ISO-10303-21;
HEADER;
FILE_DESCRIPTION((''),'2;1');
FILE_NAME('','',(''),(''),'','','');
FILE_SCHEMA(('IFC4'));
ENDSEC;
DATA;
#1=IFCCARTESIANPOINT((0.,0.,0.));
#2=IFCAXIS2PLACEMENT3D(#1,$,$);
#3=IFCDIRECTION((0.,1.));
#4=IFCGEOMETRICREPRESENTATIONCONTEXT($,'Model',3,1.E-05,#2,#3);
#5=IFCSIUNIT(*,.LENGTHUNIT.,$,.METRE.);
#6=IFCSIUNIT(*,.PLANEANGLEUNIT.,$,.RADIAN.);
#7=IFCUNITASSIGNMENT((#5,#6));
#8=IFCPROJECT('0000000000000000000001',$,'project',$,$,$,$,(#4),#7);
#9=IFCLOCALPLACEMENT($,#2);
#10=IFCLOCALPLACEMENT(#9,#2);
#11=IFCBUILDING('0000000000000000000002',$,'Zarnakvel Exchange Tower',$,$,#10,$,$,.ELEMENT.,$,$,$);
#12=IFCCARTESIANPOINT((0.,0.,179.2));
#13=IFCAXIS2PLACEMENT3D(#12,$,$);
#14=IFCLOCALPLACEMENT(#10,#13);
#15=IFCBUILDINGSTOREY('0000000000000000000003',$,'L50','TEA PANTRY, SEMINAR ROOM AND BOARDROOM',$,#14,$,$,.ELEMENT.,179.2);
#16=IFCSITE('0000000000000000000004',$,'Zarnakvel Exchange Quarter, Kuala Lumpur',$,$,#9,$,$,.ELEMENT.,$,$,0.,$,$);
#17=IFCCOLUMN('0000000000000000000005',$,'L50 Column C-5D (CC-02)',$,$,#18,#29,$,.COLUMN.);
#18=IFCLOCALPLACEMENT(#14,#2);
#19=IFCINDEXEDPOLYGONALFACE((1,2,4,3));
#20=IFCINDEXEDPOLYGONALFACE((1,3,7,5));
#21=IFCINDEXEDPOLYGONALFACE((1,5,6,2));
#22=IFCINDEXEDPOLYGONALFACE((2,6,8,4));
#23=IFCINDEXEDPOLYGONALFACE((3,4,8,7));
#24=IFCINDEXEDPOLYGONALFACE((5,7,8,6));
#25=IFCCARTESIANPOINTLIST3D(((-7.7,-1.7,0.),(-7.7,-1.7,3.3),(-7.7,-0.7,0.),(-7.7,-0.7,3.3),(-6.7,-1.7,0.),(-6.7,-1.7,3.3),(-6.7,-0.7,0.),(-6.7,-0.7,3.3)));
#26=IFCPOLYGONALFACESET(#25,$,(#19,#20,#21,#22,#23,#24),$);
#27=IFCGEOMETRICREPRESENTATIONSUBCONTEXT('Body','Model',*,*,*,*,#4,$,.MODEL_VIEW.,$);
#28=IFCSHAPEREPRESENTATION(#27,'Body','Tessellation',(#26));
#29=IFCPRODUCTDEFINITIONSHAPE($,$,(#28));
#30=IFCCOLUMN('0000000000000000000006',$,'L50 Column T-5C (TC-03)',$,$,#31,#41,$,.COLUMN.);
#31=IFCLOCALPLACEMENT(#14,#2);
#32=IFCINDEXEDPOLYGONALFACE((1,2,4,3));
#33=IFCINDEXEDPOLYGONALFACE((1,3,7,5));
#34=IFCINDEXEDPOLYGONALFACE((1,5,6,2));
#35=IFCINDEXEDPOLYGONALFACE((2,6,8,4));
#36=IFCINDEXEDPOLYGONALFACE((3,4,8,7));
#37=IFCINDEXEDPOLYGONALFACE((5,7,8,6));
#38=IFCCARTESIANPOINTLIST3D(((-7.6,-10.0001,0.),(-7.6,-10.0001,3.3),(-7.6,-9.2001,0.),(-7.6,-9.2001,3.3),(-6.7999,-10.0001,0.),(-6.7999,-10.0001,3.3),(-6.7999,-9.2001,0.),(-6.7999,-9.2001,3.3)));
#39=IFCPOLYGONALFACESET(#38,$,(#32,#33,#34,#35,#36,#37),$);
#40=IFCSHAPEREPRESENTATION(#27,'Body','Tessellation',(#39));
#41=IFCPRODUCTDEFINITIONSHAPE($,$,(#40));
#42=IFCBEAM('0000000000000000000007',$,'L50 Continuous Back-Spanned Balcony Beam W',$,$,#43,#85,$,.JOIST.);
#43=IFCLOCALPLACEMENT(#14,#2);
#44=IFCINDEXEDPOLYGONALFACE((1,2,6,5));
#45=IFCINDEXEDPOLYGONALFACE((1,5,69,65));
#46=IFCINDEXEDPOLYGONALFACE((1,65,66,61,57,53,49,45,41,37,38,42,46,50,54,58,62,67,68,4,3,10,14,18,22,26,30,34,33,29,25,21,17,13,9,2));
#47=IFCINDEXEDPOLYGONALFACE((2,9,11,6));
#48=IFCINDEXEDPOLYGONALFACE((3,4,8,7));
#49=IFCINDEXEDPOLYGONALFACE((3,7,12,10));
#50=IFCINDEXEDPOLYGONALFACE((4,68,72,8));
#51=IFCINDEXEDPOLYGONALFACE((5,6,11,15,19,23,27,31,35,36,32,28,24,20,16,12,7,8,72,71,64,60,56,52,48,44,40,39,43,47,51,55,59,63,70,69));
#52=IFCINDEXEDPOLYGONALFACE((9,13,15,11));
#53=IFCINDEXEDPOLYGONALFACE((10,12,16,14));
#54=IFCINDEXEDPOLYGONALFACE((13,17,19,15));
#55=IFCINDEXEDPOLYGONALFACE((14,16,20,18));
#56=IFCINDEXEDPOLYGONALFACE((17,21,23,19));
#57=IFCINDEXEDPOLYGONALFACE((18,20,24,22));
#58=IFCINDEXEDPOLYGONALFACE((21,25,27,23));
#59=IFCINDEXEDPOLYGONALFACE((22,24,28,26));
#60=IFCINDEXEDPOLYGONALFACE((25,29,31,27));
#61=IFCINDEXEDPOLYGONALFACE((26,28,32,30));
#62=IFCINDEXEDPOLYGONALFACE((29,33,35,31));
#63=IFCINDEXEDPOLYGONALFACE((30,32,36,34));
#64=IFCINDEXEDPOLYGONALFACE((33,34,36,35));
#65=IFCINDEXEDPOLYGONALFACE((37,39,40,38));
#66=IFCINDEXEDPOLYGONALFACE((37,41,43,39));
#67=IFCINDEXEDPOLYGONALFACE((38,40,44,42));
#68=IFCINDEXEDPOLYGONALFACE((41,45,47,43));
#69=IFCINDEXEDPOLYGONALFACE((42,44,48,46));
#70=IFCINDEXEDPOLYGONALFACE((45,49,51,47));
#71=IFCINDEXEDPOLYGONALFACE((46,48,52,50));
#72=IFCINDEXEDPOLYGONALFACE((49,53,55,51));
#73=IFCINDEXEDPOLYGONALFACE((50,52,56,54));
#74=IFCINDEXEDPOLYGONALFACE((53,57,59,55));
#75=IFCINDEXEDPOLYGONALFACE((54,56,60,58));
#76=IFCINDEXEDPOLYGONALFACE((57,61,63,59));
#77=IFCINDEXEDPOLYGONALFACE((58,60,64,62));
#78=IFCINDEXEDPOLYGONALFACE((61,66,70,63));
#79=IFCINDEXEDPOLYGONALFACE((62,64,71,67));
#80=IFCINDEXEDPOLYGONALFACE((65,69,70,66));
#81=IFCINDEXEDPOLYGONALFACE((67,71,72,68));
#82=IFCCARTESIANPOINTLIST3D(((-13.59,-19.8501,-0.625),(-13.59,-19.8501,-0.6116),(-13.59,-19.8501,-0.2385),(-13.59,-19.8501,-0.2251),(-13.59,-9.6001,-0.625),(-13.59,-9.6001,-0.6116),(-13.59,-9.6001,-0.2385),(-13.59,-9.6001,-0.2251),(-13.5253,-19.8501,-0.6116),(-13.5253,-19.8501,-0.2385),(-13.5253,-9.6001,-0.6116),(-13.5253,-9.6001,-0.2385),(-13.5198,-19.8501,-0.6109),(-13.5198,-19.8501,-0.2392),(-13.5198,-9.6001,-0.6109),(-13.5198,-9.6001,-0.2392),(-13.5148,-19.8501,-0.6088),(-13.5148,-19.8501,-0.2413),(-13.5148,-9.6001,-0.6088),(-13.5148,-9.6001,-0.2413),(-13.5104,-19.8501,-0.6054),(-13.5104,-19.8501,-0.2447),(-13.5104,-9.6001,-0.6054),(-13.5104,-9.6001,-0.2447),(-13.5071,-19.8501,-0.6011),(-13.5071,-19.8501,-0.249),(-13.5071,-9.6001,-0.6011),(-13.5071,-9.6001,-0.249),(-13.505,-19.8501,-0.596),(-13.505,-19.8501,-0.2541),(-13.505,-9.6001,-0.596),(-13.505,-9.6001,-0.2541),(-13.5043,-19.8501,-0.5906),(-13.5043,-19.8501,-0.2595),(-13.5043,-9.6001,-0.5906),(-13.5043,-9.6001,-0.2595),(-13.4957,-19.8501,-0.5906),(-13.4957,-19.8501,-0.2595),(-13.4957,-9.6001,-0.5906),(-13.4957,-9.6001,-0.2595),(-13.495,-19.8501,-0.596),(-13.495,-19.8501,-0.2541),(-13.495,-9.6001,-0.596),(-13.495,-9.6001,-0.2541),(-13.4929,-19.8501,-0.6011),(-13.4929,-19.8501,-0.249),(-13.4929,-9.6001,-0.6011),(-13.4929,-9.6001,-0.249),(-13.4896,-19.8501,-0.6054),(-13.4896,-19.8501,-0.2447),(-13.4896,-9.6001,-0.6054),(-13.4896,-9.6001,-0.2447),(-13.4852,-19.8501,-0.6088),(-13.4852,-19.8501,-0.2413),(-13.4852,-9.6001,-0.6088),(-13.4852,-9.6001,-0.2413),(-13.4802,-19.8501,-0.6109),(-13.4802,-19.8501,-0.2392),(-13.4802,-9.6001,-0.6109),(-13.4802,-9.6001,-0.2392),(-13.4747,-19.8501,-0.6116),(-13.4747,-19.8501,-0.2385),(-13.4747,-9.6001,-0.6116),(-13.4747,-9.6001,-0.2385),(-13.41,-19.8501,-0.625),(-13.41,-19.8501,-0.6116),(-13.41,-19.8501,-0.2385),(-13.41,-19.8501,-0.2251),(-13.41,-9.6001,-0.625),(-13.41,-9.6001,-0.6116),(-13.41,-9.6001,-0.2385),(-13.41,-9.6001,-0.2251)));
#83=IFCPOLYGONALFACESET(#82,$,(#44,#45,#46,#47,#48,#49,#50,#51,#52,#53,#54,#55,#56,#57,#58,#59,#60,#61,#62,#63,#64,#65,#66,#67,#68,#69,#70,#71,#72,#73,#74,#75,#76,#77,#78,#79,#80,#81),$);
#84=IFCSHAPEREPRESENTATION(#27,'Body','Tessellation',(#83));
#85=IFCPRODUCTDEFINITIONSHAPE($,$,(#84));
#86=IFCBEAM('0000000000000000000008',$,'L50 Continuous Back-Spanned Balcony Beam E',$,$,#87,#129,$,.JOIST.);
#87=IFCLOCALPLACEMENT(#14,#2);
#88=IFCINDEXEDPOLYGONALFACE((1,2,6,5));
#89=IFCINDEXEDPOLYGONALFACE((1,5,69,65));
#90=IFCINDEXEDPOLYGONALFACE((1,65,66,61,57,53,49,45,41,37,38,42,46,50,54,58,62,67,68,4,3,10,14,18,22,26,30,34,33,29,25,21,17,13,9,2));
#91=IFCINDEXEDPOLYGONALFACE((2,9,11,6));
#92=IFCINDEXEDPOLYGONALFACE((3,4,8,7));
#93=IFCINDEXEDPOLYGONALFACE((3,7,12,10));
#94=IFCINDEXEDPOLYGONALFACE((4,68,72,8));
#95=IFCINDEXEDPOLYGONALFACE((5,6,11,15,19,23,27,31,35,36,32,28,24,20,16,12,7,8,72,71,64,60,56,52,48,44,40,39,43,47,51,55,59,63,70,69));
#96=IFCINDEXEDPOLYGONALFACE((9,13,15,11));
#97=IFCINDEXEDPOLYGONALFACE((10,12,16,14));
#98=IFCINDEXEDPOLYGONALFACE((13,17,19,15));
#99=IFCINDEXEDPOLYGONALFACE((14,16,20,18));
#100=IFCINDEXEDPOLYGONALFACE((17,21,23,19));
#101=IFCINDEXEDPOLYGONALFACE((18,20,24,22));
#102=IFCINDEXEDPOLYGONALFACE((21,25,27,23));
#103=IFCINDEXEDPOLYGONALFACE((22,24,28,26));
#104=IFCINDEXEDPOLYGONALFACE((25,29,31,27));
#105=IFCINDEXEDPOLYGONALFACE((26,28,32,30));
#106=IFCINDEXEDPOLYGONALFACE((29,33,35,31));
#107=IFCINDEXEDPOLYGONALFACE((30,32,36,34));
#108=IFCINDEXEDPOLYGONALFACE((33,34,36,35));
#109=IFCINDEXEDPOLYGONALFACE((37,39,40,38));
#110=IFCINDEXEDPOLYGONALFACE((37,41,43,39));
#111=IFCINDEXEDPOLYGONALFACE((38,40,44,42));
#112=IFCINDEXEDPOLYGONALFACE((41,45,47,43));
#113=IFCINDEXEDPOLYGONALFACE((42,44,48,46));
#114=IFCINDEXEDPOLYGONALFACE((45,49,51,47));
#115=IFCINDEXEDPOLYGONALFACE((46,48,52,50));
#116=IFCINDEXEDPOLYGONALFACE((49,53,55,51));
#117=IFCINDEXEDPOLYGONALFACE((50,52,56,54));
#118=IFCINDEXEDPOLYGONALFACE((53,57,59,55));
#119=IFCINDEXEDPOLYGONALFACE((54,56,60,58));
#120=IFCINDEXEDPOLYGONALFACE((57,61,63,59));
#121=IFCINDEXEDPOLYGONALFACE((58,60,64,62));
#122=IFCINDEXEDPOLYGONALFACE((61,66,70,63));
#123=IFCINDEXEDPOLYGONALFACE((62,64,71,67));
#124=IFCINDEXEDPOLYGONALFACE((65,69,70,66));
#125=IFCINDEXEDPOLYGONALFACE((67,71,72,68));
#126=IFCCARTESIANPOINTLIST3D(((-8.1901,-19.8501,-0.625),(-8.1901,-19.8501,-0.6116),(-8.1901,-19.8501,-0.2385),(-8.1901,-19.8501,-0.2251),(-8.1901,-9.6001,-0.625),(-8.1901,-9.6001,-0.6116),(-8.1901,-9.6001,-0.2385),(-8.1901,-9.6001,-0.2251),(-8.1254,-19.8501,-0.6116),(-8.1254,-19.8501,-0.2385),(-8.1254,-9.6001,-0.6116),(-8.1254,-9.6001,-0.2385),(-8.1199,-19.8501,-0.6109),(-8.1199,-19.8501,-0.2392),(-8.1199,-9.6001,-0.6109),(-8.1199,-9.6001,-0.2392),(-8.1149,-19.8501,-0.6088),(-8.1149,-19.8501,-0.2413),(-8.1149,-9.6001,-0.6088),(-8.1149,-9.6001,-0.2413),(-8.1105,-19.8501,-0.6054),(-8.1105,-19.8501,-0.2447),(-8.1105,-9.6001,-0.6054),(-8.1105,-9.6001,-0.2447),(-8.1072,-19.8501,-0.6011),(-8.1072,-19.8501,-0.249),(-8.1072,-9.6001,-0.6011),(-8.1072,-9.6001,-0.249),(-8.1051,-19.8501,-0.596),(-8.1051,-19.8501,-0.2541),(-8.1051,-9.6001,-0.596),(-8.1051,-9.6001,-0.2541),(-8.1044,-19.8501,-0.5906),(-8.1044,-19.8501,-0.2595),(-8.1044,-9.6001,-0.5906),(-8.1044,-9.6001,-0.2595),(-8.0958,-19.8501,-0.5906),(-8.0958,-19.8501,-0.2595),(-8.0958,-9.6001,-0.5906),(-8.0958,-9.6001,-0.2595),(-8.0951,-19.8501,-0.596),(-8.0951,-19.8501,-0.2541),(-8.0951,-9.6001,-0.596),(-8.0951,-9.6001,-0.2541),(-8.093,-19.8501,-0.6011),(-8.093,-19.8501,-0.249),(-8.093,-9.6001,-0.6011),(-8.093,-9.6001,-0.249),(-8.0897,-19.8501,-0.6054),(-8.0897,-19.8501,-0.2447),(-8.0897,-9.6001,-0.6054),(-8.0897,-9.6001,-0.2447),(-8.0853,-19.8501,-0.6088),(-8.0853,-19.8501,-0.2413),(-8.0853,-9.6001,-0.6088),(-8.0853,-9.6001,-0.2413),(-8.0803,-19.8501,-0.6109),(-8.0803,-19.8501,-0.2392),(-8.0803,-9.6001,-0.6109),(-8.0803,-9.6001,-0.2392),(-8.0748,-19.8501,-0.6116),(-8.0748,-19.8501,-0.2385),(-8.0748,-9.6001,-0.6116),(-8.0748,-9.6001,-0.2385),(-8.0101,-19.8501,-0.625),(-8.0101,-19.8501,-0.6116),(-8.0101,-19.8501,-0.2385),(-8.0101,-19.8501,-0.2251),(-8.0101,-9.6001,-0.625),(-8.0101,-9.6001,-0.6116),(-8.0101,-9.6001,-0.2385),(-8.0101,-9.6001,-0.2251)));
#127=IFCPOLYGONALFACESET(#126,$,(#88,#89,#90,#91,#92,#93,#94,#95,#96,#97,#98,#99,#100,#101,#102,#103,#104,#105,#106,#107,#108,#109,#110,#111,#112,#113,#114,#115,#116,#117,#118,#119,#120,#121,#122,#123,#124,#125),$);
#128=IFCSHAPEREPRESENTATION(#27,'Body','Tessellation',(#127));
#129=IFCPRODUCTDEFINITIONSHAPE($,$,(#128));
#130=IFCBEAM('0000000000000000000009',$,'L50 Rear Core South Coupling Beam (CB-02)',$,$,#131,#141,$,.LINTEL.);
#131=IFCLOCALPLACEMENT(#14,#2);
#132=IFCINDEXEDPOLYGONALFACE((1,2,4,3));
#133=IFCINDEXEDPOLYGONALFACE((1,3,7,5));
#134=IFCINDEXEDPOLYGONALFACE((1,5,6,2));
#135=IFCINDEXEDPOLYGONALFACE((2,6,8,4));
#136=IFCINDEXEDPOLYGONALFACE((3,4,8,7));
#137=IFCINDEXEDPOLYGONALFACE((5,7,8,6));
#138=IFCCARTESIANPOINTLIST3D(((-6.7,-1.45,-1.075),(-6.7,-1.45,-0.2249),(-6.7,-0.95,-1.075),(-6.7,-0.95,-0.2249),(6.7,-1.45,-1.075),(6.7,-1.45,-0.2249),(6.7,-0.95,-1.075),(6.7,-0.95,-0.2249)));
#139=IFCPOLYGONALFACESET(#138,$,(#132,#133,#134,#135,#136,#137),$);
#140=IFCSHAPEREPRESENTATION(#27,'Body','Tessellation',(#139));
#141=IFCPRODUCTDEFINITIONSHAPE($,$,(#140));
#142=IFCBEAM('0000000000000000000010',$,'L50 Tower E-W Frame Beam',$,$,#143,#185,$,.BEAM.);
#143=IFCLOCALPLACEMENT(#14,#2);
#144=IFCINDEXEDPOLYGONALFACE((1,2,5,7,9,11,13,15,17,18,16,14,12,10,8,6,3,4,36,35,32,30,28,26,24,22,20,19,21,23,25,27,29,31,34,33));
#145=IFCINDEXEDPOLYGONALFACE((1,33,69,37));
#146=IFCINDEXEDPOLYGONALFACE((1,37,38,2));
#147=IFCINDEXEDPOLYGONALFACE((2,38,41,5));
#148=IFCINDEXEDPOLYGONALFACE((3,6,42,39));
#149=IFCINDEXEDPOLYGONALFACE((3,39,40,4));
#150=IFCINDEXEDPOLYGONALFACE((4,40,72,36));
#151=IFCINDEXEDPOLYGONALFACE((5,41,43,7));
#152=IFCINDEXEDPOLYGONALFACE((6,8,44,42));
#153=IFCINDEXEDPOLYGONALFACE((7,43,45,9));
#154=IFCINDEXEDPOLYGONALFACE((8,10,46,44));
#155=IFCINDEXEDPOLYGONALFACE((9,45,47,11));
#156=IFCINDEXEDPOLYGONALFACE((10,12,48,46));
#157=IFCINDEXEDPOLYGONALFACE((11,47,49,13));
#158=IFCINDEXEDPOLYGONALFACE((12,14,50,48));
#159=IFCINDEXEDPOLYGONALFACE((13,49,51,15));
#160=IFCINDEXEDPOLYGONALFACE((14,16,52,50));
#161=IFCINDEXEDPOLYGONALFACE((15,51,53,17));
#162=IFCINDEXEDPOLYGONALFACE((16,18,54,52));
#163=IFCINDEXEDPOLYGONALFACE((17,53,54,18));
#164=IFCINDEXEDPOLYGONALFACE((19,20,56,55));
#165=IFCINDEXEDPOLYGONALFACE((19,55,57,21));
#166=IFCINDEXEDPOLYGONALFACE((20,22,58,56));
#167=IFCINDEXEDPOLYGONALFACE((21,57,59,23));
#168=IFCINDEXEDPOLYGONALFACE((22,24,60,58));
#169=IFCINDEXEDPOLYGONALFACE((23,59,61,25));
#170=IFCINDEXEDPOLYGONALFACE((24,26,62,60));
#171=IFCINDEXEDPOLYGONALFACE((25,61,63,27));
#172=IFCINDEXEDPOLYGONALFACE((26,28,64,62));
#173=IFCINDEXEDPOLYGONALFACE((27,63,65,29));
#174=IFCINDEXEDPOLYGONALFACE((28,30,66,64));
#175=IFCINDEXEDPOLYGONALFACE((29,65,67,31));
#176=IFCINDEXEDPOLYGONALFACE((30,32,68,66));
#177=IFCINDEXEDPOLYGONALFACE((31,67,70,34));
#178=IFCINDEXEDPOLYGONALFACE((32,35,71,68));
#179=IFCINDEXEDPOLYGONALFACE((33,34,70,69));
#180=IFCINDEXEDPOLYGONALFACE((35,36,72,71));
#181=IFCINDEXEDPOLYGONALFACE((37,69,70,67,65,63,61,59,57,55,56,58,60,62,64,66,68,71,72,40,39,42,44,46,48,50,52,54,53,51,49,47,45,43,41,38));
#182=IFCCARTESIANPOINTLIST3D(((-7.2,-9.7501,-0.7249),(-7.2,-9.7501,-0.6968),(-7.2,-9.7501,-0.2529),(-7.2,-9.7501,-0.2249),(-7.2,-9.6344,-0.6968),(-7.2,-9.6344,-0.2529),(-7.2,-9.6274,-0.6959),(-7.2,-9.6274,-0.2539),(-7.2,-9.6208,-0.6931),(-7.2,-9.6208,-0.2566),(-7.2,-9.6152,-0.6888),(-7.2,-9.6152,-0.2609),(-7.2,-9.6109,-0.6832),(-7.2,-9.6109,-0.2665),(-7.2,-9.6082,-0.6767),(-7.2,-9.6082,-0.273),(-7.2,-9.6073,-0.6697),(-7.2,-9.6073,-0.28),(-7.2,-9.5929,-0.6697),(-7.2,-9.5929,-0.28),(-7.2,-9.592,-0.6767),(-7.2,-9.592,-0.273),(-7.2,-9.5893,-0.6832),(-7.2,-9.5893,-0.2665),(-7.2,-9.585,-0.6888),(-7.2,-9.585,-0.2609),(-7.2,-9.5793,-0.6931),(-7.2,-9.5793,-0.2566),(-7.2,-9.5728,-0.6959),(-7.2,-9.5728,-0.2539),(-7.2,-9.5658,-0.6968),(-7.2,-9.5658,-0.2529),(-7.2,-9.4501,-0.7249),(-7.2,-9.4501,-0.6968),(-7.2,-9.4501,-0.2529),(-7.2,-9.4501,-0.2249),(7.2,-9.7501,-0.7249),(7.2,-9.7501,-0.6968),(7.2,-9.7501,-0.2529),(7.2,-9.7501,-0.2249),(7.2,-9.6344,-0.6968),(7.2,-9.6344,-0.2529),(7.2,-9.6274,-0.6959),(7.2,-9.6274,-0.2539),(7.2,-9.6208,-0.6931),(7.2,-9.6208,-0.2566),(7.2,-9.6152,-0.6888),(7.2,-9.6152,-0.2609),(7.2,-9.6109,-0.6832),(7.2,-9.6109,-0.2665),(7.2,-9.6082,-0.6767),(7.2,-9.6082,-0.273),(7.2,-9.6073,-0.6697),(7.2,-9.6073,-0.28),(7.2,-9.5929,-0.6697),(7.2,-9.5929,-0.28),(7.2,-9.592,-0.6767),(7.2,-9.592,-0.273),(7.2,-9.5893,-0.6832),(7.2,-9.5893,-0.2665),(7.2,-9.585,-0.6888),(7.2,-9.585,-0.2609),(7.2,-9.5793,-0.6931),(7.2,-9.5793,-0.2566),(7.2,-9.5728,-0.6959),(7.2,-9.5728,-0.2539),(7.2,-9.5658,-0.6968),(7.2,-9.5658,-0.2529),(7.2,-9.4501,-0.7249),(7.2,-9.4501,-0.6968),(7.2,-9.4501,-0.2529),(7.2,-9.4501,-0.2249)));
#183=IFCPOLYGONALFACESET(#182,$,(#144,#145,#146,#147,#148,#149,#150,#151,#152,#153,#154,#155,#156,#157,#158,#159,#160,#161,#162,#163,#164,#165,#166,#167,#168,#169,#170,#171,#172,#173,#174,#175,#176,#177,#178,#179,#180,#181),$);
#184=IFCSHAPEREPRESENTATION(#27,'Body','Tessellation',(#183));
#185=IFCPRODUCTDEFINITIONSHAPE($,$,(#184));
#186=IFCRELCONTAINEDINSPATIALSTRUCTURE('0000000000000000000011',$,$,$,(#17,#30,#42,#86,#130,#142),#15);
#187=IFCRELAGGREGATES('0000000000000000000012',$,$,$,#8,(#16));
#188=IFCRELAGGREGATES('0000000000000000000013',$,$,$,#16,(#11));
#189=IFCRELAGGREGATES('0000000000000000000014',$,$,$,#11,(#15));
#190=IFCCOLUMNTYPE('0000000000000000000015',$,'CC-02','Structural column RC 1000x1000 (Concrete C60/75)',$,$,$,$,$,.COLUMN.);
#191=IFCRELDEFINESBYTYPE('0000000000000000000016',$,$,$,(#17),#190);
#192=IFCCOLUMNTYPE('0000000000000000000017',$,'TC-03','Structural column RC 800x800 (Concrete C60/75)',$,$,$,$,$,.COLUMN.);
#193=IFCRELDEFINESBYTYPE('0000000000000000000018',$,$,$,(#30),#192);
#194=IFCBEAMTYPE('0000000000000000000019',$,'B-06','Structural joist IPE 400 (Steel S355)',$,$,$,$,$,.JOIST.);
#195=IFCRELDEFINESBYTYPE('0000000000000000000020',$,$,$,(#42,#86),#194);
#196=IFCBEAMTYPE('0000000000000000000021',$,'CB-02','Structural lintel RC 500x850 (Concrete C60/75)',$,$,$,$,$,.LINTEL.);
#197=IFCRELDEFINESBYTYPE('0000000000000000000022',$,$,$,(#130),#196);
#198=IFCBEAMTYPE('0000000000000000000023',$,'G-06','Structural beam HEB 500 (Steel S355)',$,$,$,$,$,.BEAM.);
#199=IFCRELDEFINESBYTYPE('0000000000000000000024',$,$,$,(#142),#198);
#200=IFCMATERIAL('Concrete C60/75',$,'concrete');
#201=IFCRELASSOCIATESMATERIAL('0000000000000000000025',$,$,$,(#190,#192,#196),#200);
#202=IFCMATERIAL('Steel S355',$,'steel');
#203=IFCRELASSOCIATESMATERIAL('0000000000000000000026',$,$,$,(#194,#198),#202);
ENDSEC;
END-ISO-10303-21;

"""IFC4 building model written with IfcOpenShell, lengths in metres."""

from ifc_helpers import new_model, si_unit, direction, frame, origin, origin_2d, place, context, subcontext, project, spatial, rectangle, i_section, extrude, material, material_profile, profile_set, type_object, element, save


model = new_model("IFC4")

# Units and contexts
model_context = context("Model", 3, precision=1e-05, world=origin(), true_north=direction((0.0, 1.0)))
body_context = subcontext(model_context, "Body", "Model", "MODEL_VIEW")
ifc_project = project(units=[si_unit("LENGTHUNIT", "METRE"), si_unit("PLANEANGLEUNIT", "RADIAN")], contexts=[model_context])

# Site, building, storey
site_placement = place(None, origin())
site = spatial("IfcSite", under=ifc_project, at=site_placement, Name="Zarnakvel Exchange Quarter, Kuala Lumpur", CompositionType="ELEMENT", RefElevation=0.0)
building_placement = place(site_placement, origin())
building = spatial("IfcBuilding", under=site, at=building_placement, Name="Zarnakvel Exchange Tower", CompositionType="ELEMENT")
storey_placement = place(building_placement, frame((0.0, 0.0, 179.2)))
storey = spatial("IfcBuildingStorey", under=building, at=storey_placement, Name="L50", Description="TEA PANTRY, SEMINAR ROOM AND BOARDROOM", CompositionType="ELEMENT", Elevation=179.2)

# Columns
ifc_material_1 = material(Name="Concrete C60/75", Category="concrete")
ifc_material_profile_1 = material_profile(ifc_material_1, rectangle(XDim=1.0, YDim=1.0, at=origin_2d()))
ifc_profile_set_1 = profile_set([ifc_material_profile_1], Name="Concrete C60/75")
column_type_1 = type_object("IfcColumnType", Name="CC-02", Description="Structural column RC 1000x1000 (Concrete C60/75)", PredefinedType="COLUMN", material=ifc_profile_set_1)
column_1_placement = place(storey_placement, frame((-7.2, -1.2, 0.0), z_axis=(0.0, 0.0, 1.0), x_axis=(1.0, 0.0, 0.0)))
element("IfcColumn", 1, at=column_1_placement, inside=storey, type_object=column_type_1, Name="L50 Column C-5D (CC-02)", PredefinedType="COLUMN", context=body_context, shape_type="SweptSolid", body=[
    extrude(rectangle(XDim=1.0, YDim=1.0, at=origin_2d()), origin(), (0.0, 0.0, 1.0), 3.3),
])
ifc_material_profile_2 = material_profile(ifc_material_1, rectangle(XDim=0.8, YDim=0.8, at=origin_2d()))
ifc_profile_set_2 = profile_set([ifc_material_profile_2], Name="Concrete C60/75")
column_type_2 = type_object("IfcColumnType", Name="TC-03", Description="Structural column RC 800x800 (Concrete C60/75)", PredefinedType="COLUMN", material=ifc_profile_set_2)
column_2_placement = place(storey_placement, frame((-7.2, -9.6001, 0.0), z_axis=(0.0, 0.0, 1.0), x_axis=(1.0, 0.0, 0.0)))
element("IfcColumn", 2, at=column_2_placement, inside=storey, type_object=column_type_2, Name="L50 Column T-5C (TC-03)", PredefinedType="COLUMN", context=body_context, shape_type="SweptSolid", body=[
    extrude(rectangle(XDim=0.8, YDim=0.8, at=origin_2d()), origin(), (0.0, 0.0, 1.0), 3.3),
])

# Beams
ifc_material_2 = material(Name="Steel S355", Category="steel")
ifc_material_profile_3 = material_profile(ifc_material_2, i_section(OverallWidth=0.1799, OverallDepth=0.3999, WebThickness=0.0085, FlangeThickness=0.0134, FilletRadius=0.021, at=origin_2d()))
ifc_profile_set_3 = profile_set([ifc_material_profile_3], Name="Steel S355")
beam_type_1 = type_object("IfcBeamType", Name="B-06", Description="Structural joist IPE 400 (Steel S355)", PredefinedType="JOIST", material=ifc_profile_set_3)
for number, where, z_axis, x_axis, name in (
    (3, (-13.5, -9.6001, -0.425), (0.0, -1.0, 0.0), (1.0, 0.0, 0.0), "L50 Continuous Back-Spanned Balcony Beam W"),
    (4, (-8.1001, -9.6001, -0.425), (0.0, -1.0, 0.0), (1.0, 0.0, 0.0), "L50 Continuous Back-Spanned Balcony Beam E"),
):
    element("IfcBeam", number, at=place(storey_placement, frame(where, z_axis=z_axis, x_axis=x_axis)), inside=storey, type_object=beam_type_1, Name=name, PredefinedType="JOIST", context=body_context, shape_type="SweptSolid", body=[
        extrude(i_section(OverallWidth=0.1799, OverallDepth=0.3999, WebThickness=0.0085, FlangeThickness=0.0134, FilletRadius=0.021, at=origin_2d()), origin(), (0.0, 0.0, 1.0), 10.25),
    ])
ifc_material_profile_4 = material_profile(ifc_material_1, rectangle(XDim=0.5, YDim=0.8501, at=origin_2d()))
ifc_profile_set_4 = profile_set([ifc_material_profile_4], Name="Concrete C60/75")
beam_type_2 = type_object("IfcBeamType", Name="CB-02", Description="Structural lintel RC 500x850 (Concrete C60/75)", PredefinedType="LINTEL", material=ifc_profile_set_4)
beam_1_placement = place(storey_placement, frame((-6.7, -1.2, -0.6499), z_axis=(1.0, 0.0, 0.0), x_axis=(0.0, 1.0, 0.0)))
element("IfcBeam", 5, at=beam_1_placement, inside=storey, type_object=beam_type_2, Name="L50 Rear Core South Coupling Beam (CB-02)", PredefinedType="LINTEL", context=body_context, shape_type="SweptSolid", body=[
    extrude(rectangle(XDim=0.5, YDim=0.8501, at=origin_2d()), origin(), (0.0, 0.0, 1.0), 13.3999),
])
ifc_material_profile_5 = material_profile(ifc_material_2, i_section(OverallWidth=0.3, OverallDepth=0.5, WebThickness=0.0144, FlangeThickness=0.0281, FilletRadius=0.0271, at=origin_2d()))
ifc_profile_set_5 = profile_set([ifc_material_profile_5], Name="Steel S355")
beam_type_3 = type_object("IfcBeamType", Name="G-06", Description="Structural beam HEB 500 (Steel S355)", PredefinedType="BEAM", material=ifc_profile_set_5)
beam_2_placement = place(storey_placement, frame((-7.2, -9.6001, -0.4749), z_axis=(1.0, 0.0, 0.0), x_axis=(0.0, 1.0, 0.0)))
element("IfcBeam", 6, at=beam_2_placement, inside=storey, type_object=beam_type_3, Name="L50 Tower E-W Frame Beam", PredefinedType="BEAM", context=body_context, shape_type="SweptSolid", body=[
    extrude(i_section(OverallWidth=0.3, OverallDepth=0.5, WebThickness=0.0144, FlangeThickness=0.0281, FilletRadius=0.0271, at=origin_2d()), origin(), (0.0, 0.0, 1.0), 14.3999),
])

save(model, "model.ifc")
